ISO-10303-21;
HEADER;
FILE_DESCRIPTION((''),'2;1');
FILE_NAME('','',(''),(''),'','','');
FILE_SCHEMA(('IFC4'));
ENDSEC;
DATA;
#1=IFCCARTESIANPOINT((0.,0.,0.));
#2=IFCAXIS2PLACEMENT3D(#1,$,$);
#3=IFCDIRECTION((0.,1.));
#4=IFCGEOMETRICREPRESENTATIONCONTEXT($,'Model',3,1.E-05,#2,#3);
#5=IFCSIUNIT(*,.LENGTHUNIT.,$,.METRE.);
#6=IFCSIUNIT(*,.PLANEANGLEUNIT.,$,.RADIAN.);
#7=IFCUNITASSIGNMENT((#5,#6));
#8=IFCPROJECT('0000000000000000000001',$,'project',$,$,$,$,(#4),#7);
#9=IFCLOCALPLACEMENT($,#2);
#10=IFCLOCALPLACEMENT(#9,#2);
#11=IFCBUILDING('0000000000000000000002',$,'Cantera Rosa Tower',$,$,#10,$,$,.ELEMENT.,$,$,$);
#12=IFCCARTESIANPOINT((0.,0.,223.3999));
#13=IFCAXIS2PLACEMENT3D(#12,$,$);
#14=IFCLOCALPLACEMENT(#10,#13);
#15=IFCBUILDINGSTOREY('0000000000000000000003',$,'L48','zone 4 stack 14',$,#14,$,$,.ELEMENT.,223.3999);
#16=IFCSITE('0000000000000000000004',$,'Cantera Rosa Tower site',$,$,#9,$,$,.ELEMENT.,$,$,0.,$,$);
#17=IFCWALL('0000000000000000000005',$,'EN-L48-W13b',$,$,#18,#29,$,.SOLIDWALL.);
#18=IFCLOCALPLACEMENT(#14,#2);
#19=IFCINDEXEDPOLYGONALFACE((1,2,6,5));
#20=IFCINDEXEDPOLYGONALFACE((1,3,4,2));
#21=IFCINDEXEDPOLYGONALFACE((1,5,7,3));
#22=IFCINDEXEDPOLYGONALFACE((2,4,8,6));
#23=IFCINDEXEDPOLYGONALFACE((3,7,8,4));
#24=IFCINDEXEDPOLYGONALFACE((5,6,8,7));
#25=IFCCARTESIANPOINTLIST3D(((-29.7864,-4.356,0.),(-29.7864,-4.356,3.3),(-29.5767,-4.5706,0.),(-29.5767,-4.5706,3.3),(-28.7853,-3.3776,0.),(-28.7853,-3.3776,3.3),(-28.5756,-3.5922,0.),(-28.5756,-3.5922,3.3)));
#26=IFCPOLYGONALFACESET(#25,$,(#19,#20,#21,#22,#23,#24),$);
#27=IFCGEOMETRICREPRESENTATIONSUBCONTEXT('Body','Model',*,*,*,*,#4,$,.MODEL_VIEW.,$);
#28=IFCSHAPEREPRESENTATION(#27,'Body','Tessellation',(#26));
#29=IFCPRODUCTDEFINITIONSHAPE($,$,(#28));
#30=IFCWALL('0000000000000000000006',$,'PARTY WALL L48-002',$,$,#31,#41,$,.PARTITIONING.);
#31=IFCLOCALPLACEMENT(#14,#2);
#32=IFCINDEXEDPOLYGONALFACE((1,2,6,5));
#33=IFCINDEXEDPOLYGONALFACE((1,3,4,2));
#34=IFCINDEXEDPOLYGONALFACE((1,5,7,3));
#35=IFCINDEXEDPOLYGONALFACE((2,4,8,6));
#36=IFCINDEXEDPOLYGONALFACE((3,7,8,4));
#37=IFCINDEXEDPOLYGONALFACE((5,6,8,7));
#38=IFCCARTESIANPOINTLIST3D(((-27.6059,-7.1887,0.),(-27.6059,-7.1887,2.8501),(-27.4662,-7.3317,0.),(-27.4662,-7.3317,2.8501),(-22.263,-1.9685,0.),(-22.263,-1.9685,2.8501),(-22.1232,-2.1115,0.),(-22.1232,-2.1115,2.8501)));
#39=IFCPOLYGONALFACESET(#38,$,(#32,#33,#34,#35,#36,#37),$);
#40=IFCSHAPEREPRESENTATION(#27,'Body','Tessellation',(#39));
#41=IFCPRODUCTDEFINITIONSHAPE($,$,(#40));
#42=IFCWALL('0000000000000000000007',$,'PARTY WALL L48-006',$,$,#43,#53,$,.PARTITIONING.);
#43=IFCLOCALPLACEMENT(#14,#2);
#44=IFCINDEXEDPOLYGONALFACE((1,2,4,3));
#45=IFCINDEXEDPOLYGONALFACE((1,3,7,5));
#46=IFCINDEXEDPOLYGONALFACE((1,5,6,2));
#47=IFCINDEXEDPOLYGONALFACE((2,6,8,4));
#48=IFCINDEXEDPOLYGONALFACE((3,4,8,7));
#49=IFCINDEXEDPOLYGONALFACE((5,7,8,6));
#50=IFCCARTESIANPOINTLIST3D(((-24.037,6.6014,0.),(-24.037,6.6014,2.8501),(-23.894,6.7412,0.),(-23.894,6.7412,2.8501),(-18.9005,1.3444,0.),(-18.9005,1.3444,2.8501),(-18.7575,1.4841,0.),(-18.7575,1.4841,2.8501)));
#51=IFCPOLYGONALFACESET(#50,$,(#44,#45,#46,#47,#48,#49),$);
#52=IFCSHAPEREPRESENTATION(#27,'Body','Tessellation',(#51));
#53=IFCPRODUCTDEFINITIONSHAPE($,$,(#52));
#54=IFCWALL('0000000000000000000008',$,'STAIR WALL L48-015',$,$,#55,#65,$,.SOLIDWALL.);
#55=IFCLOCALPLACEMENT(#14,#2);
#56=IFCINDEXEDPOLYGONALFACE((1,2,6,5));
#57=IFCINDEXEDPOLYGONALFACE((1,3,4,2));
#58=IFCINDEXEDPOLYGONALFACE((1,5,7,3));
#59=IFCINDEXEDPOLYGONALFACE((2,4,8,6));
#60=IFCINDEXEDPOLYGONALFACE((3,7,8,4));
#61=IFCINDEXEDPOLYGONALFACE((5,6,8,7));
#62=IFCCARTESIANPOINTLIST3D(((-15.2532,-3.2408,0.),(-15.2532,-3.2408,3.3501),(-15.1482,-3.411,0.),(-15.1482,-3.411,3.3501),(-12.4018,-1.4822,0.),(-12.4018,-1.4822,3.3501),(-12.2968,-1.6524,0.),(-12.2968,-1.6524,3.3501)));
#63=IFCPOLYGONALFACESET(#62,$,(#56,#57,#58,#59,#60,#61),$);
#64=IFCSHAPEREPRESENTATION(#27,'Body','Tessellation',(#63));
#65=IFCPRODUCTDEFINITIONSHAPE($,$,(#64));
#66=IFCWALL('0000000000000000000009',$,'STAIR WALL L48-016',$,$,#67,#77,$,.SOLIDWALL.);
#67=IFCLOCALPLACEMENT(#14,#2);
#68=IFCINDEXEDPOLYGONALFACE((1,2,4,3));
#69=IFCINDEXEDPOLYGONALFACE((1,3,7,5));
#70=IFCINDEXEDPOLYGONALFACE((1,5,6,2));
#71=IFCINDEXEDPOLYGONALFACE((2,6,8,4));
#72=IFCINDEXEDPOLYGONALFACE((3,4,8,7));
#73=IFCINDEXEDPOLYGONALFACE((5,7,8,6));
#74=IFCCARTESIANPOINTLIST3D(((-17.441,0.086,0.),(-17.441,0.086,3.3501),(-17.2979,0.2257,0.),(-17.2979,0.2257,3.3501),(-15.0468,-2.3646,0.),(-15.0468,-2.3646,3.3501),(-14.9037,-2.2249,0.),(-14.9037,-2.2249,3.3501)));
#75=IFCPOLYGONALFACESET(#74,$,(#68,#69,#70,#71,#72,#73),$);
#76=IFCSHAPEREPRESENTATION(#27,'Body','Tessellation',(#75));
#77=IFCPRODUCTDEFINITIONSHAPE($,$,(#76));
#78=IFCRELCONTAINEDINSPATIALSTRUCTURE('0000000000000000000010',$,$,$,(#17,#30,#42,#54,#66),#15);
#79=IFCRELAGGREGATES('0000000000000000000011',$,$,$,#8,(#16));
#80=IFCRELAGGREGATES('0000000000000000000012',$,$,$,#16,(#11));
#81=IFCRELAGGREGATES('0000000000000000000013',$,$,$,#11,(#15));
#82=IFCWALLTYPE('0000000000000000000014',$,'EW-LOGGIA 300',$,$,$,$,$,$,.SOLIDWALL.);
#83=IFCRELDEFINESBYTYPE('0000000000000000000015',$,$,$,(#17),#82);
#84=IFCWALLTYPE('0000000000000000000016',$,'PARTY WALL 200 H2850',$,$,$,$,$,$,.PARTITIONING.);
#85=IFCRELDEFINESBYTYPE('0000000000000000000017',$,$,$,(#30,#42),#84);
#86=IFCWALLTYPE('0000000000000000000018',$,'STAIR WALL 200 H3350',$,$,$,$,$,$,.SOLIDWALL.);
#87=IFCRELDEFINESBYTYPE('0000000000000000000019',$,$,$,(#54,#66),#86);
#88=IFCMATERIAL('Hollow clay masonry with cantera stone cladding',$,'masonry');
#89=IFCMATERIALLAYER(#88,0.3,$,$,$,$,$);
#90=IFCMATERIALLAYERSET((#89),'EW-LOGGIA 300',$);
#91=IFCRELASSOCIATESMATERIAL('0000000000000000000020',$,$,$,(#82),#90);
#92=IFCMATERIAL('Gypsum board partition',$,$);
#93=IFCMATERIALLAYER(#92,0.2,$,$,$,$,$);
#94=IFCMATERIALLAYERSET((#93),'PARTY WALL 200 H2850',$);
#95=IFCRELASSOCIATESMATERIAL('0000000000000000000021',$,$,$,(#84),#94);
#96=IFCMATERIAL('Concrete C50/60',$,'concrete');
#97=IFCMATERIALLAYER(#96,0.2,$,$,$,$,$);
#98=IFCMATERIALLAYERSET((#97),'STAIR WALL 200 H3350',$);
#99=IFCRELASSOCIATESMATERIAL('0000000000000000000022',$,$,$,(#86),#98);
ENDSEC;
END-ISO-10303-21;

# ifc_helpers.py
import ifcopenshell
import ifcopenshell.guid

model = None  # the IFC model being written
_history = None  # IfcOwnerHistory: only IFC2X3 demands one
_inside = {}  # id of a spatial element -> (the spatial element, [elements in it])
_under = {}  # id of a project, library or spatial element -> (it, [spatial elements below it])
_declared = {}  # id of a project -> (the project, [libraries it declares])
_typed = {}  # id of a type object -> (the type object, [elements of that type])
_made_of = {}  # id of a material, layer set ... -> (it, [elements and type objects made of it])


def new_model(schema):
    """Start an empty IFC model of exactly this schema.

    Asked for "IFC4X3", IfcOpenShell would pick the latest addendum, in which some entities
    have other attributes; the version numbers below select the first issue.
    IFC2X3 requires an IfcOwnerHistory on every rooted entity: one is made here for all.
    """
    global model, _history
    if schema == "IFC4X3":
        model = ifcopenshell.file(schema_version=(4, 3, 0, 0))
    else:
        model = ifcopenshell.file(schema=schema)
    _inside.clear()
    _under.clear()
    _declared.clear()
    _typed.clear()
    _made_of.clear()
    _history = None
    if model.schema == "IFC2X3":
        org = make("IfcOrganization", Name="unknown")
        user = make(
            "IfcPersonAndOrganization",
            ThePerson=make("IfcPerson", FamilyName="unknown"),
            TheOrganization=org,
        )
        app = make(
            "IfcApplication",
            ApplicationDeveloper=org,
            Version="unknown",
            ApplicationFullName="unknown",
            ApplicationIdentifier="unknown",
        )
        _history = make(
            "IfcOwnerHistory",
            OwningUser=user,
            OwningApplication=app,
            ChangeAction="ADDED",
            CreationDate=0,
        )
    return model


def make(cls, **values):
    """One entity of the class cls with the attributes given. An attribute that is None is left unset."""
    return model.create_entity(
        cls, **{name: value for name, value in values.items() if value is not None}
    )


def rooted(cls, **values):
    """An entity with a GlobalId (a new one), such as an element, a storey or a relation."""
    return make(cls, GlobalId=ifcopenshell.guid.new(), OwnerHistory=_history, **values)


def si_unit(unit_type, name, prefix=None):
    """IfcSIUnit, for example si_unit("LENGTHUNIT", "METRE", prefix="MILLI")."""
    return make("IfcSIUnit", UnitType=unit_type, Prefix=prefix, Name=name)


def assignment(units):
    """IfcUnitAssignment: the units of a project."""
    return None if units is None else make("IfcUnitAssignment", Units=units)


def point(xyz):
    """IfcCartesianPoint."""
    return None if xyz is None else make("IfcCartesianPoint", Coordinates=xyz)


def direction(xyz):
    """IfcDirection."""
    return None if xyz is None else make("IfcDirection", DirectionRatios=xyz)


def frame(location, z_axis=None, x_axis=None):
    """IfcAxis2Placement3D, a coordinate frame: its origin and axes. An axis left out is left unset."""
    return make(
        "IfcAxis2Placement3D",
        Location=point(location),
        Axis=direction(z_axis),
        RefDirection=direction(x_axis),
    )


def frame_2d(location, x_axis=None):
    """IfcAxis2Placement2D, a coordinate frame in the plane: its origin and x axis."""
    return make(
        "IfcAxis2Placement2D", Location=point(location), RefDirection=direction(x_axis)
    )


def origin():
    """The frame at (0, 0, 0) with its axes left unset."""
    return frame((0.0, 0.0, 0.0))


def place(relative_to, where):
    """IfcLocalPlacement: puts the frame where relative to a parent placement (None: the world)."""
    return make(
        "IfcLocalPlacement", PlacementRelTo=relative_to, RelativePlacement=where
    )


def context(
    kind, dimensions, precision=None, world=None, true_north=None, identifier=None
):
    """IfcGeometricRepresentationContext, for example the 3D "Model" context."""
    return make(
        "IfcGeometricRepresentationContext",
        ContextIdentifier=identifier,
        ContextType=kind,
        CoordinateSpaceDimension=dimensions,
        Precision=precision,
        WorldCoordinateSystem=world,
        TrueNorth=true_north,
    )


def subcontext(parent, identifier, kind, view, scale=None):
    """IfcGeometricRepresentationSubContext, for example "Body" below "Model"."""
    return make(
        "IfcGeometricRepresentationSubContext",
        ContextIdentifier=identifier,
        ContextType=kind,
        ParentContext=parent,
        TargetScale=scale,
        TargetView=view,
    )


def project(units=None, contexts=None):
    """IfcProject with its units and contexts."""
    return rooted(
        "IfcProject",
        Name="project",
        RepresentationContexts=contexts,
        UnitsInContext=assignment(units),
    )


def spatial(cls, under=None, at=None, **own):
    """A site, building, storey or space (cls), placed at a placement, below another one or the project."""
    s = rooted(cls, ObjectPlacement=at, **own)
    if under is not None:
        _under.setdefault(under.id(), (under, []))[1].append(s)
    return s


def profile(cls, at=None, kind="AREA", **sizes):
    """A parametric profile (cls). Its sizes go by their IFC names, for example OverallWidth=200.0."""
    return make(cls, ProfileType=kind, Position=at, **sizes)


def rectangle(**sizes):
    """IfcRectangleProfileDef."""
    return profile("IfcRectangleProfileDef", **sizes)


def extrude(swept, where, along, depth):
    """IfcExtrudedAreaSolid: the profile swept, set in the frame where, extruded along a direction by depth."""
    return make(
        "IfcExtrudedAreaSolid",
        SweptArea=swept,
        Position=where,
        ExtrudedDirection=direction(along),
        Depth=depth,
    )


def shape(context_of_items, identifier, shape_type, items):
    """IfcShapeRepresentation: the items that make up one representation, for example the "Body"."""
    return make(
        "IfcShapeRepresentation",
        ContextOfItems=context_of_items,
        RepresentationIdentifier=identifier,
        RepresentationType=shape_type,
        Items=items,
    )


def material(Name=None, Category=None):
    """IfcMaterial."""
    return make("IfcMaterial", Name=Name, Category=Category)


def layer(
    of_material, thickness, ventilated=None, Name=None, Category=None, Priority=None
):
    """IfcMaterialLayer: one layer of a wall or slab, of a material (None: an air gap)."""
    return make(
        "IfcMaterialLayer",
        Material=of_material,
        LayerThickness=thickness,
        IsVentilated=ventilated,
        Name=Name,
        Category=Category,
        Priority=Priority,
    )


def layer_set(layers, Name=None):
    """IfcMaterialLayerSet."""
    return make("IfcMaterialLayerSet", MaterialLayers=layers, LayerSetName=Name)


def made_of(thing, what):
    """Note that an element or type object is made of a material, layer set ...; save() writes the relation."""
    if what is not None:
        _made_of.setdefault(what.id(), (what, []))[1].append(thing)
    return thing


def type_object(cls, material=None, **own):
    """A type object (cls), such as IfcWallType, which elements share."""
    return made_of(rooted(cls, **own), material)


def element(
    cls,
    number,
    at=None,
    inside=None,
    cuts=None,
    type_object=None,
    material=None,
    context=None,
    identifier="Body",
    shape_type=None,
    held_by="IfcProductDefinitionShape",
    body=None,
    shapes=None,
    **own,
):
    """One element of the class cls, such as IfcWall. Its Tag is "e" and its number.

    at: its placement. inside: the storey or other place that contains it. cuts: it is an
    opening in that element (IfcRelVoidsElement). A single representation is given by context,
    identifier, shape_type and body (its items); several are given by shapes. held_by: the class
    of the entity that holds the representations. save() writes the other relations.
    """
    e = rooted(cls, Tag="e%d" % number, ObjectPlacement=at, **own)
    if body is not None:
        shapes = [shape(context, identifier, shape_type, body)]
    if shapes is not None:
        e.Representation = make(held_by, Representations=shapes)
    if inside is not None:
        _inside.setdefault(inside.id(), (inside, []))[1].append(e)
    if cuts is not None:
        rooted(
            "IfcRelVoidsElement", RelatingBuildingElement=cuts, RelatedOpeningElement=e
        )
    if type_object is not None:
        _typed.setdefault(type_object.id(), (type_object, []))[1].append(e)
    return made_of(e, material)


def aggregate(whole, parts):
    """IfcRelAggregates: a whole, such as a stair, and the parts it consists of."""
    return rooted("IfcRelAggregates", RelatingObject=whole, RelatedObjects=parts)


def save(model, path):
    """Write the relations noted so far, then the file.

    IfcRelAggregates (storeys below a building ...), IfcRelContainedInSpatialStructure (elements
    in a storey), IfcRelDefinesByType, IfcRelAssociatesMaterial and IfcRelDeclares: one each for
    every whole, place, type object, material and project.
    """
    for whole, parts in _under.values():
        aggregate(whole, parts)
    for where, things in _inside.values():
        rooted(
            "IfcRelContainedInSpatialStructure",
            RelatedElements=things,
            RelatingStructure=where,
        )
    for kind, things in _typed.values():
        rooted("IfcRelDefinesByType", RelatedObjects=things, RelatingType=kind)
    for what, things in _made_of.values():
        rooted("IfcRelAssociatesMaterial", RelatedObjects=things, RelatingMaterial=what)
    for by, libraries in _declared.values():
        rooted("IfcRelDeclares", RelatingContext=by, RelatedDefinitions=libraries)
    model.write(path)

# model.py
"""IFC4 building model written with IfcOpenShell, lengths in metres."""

from ifc_helpers import new_model, si_unit, direction, frame, frame_2d, origin, place, context, subcontext, project, spatial, rectangle, extrude, material, layer, layer_set, type_object, element, save


model = new_model("IFC4")

# Units and contexts
model_context = context("Model", 3, precision=1e-05, world=origin(), true_north=direction((0.0, 1.0)))
body_context = subcontext(model_context, "Body", "Model", "MODEL_VIEW")
ifc_project = project(units=[si_unit("LENGTHUNIT", "METRE"), si_unit("PLANEANGLEUNIT", "RADIAN")], contexts=[model_context])

# Site, building, storey
site_placement = place(None, origin())
site = spatial("IfcSite", under=ifc_project, at=site_placement, Name="Cantera Rosa Tower site", CompositionType="ELEMENT", RefElevation=0.0)
building_placement = place(site_placement, origin())
building = spatial("IfcBuilding", under=site, at=building_placement, Name="Cantera Rosa Tower", CompositionType="ELEMENT")
storey_placement = place(building_placement, frame((0.0, 0.0, 223.3999)))
storey = spatial("IfcBuildingStorey", under=building, at=storey_placement, Name="L48", Description="zone 4 stack 14", CompositionType="ELEMENT", Elevation=223.3999)

# Wall
ifc_material_1 = material(Name="Hollow clay masonry with cantera stone cladding", Category="masonry")
ifc_layer_1 = layer(ifc_material_1, 0.3)
ifc_layer_set_1 = layer_set([ifc_layer_1], Name="EW-LOGGIA 300")
wall_type_1 = type_object("IfcWallType", Name="EW-LOGGIA 300", PredefinedType="SOLIDWALL", material=ifc_layer_set_1)
wall_1_placement = place(storey_placement, frame((-28.6804, -3.4849, 0.0), z_axis=(0.0, 0.0, 1.0), x_axis=(-0.715169, -0.698951, 0.0)))
element("IfcWall", 1, at=wall_1_placement, inside=storey, type_object=wall_type_1, Name="EN-L48-W13b", PredefinedType="SOLIDWALL", context=body_context, shape_type="SweptSolid", body=[
    extrude(rectangle(XDim=1.3999, YDim=0.3, at=frame_2d((0.7, 0.0))), origin(), (0.0, 0.0, 1.0), 3.3),
])

# Walls
ifc_material_2 = material(Name="Gypsum board partition")
ifc_layer_2 = layer(ifc_material_2, 0.2)
ifc_layer_set_2 = layer_set([ifc_layer_2], Name="PARTY WALL 200 H2850")
wall_type_2 = type_object("IfcWallType", Name="PARTY WALL 200 H2850", PredefinedType="PARTITIONING", material=ifc_layer_set_2)
wall_2_placement = place(storey_placement, frame((-22.1931, -2.04, 0.0), z_axis=(0.0, 0.0, 1.0), x_axis=(-0.715279, -0.698839, 0.0)))
element("IfcWall", 2, at=wall_2_placement, inside=storey, type_object=wall_type_2, Name="PARTY WALL L48-002", PredefinedType="PARTITIONING", context=body_context, shape_type="SweptSolid", body=[
    extrude(rectangle(XDim=7.4697, YDim=0.2, at=frame_2d((3.7349, 0.0))), origin(), (0.0, 0.0, 1.0), 2.8501),
])
wall_3_placement = place(storey_placement, frame((-18.8291, 1.4143, 0.0), z_axis=(0.0, 0.0, 1.0), x_axis=(-0.698855, 0.715264, 0.0)))
element("IfcWall", 3, at=wall_3_placement, inside=storey, type_object=wall_type_2, Name="PARTY WALL L48-006", PredefinedType="PARTITIONING", context=body_context, shape_type="SweptSolid", body=[
    extrude(rectangle(XDim=7.3499, YDim=0.2, at=frame_2d((3.6748, 0.0))), origin(), (0.0, 0.0, 1.0), 2.8501),
])
ifc_material_3 = material(Name="Concrete C50/60", Category="concrete")
ifc_layer_3 = layer(ifc_material_3, 0.2)
ifc_layer_set_3 = layer_set([ifc_layer_3], Name="STAIR WALL 200 H3350")
wall_type_3 = type_object("IfcWallType", Name="STAIR WALL 200 H3350", PredefinedType="SOLIDWALL", material=ifc_layer_set_3)
wall_4_placement = place(storey_placement, frame((-15.2007, -3.3259, 0.0), z_axis=(0.0, 0.0, 1.0), x_axis=(0.85114, 0.524939, 0.0)))
element("IfcWall", 4, at=wall_4_placement, inside=storey, type_object=wall_type_3, Name="STAIR WALL L48-015", PredefinedType="SOLIDWALL", context=body_context, shape_type="SweptSolid", body=[
    extrude(rectangle(XDim=3.3501, YDim=0.2, at=frame_2d((1.675, 0.0))), origin(), (0.0, 0.0, 1.0), 3.3501),
])
wall_5_placement = place(storey_placement, frame((-14.9753, -2.2947, 0.0), z_axis=(0.0, 0.0, 1.0), x_axis=(-0.698829, 0.715289, 0.0)))
element("IfcWall", 5, at=wall_5_placement, inside=storey, type_object=wall_type_3, Name="STAIR WALL L48-016", PredefinedType="SOLIDWALL", context=body_context, shape_type="SweptSolid", body=[
    extrude(rectangle(XDim=3.426, YDim=0.2, at=frame_2d((1.7129, 0.0))), origin(), (0.0, 0.0, 1.0), 3.3501),
])

save(model, "model.ifc")
